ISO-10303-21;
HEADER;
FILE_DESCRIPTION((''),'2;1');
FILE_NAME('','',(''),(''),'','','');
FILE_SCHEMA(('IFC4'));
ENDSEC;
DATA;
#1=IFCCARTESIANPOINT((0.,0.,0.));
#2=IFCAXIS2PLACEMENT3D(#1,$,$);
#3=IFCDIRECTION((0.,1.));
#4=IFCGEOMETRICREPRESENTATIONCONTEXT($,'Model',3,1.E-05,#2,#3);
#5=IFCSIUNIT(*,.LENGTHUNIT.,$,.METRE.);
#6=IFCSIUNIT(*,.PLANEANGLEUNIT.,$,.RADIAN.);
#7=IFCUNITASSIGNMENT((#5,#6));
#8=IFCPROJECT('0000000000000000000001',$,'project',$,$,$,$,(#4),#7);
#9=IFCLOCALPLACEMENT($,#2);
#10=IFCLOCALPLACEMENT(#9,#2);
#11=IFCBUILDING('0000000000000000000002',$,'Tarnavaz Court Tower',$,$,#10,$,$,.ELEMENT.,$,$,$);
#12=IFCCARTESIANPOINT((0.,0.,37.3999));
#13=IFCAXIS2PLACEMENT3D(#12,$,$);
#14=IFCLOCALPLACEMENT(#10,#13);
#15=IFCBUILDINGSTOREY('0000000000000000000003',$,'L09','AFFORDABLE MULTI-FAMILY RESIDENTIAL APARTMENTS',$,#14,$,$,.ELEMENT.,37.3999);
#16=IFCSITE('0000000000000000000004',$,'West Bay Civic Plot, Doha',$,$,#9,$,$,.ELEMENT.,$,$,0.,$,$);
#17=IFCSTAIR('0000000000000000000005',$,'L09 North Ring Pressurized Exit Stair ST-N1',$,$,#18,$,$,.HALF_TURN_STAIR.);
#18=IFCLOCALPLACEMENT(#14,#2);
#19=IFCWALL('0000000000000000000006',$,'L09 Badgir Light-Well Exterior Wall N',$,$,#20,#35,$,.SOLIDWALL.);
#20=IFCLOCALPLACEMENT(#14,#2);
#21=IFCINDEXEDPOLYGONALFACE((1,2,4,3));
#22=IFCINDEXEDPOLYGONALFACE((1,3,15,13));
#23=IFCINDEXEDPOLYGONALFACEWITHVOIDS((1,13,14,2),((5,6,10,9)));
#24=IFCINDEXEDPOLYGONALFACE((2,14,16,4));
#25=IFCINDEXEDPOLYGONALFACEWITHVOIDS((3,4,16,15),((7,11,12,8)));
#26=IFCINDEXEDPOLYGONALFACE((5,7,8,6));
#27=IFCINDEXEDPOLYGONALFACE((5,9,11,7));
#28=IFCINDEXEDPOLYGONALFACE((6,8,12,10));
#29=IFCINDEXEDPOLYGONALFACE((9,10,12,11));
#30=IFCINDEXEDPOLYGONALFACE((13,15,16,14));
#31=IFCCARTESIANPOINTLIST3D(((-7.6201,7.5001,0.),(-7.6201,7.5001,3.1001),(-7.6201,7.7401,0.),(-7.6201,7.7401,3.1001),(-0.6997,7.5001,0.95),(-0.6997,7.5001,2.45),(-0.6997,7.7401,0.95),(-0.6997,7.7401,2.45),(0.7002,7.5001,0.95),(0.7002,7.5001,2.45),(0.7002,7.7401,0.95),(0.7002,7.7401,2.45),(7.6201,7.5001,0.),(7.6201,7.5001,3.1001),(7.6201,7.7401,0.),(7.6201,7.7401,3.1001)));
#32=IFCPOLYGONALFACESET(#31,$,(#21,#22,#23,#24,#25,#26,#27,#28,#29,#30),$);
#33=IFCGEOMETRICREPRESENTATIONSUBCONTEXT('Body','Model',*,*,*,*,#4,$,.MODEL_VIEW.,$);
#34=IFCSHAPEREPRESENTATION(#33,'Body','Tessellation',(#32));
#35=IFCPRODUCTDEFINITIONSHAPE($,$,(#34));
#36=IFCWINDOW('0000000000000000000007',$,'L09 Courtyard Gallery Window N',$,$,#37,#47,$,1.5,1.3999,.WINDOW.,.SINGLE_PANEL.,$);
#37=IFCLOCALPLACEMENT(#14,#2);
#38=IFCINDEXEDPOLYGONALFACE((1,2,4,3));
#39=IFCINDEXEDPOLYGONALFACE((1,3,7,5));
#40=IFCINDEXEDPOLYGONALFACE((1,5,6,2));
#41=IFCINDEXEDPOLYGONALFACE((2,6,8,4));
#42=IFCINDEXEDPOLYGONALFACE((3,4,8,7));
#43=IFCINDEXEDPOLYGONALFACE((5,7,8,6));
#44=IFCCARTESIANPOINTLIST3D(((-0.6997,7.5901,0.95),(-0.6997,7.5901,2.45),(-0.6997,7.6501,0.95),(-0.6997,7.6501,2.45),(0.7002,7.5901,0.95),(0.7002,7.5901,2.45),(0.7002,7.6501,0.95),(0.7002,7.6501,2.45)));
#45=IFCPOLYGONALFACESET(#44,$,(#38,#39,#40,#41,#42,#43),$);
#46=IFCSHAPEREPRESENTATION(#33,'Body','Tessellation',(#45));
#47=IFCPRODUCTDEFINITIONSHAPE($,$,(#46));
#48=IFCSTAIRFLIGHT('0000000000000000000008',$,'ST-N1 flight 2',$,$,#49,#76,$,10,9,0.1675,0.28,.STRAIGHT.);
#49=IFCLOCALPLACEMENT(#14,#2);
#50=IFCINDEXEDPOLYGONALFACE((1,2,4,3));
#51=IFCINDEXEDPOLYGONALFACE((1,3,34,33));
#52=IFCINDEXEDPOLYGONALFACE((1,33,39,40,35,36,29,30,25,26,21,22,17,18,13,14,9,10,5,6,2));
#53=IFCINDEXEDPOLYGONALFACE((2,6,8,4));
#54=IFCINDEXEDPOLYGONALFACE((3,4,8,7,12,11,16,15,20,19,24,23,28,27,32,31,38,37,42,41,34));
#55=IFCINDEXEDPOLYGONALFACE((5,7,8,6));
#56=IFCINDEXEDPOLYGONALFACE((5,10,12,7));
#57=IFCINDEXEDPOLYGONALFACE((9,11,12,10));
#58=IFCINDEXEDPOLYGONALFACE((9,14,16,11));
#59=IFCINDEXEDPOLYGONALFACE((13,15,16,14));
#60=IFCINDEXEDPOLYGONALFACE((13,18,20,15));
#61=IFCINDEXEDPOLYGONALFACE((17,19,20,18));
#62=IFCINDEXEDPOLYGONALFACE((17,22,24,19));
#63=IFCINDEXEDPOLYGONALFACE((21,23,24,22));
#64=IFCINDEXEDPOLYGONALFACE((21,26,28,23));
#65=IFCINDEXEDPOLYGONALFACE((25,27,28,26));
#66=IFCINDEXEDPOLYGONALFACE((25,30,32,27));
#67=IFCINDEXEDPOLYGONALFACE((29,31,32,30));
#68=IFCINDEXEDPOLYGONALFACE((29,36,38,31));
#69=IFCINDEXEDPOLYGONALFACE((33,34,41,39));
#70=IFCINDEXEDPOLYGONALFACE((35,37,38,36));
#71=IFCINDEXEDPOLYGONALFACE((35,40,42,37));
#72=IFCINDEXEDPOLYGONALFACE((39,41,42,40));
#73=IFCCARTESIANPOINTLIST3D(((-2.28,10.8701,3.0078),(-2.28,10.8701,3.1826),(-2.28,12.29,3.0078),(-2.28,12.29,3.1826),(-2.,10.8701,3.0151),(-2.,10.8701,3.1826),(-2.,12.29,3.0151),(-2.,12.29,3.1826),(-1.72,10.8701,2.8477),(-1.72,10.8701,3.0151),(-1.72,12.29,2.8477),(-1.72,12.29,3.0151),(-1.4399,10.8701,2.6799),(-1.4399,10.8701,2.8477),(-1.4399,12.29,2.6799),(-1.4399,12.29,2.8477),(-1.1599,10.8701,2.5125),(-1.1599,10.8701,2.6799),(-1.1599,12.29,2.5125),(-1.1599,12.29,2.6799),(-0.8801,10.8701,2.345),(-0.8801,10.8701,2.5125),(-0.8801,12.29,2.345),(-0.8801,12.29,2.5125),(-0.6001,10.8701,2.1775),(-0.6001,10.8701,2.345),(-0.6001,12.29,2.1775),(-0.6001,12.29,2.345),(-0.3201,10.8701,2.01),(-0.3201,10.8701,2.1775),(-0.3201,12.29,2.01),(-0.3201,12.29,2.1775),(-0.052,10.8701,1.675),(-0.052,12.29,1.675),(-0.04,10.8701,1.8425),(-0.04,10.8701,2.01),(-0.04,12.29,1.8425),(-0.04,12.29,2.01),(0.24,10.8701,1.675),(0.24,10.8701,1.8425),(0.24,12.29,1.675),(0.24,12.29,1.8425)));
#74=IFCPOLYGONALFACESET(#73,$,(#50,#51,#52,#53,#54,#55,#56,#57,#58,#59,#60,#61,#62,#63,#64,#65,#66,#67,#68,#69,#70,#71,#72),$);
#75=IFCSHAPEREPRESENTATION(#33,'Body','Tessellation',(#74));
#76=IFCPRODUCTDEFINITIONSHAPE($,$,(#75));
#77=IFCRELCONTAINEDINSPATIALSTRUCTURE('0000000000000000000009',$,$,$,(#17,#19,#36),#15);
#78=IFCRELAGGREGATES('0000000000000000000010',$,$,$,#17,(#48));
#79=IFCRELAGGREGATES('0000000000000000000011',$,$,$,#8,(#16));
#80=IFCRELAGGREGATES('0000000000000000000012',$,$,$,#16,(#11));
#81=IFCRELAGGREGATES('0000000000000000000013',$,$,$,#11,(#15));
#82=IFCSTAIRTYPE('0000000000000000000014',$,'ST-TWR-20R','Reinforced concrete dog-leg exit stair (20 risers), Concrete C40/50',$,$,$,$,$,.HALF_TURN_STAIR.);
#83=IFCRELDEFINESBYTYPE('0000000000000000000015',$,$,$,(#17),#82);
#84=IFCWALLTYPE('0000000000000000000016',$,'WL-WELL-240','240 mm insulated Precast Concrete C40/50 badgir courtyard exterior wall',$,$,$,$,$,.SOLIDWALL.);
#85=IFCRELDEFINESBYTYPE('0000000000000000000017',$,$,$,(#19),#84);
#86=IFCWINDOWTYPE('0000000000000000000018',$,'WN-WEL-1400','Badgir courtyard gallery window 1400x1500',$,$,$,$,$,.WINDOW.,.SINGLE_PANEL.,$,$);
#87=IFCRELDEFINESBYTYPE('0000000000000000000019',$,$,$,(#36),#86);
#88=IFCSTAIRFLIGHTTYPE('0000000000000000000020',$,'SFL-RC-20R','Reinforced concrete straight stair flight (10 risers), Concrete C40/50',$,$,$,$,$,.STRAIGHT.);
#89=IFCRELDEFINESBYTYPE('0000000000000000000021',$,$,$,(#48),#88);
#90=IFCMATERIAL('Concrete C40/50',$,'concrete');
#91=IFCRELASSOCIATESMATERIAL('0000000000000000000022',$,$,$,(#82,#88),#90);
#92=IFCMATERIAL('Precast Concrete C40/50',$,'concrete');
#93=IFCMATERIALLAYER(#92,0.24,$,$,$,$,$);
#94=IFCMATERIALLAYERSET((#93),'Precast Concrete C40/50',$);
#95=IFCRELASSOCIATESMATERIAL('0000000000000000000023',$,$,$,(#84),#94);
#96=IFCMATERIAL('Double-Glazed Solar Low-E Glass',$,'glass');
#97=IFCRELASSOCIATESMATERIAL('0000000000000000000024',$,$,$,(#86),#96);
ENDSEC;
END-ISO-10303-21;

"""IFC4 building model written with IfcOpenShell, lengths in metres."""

from ifc_helpers import new_model, si_unit, direction, frame, frame_2d, origin, place, context, subcontext, project, spatial, polyline, rectangle, outline, extrude, material, layer, layer_set, type_object, element, fill, aggregate, save


model = new_model("IFC4")

# Units and contexts
model_context = context("Model", 3, precision=1e-05, world=origin(), true_north=direction((0.0, 1.0)))
body_context = subcontext(model_context, "Body", "Model", "MODEL_VIEW")
ifc_project = project(units=[si_unit("LENGTHUNIT", "METRE"), si_unit("PLANEANGLEUNIT", "RADIAN")], contexts=[model_context])

# Site, building, storey
site_placement = place(None, origin())
site = spatial("IfcSite", under=ifc_project, at=site_placement, Name="West Bay Civic Plot, Doha", CompositionType="ELEMENT", RefElevation=0.0)
building_placement = place(site_placement, origin())
building = spatial("IfcBuilding", under=site, at=building_placement, Name="Tarnavaz Court Tower", CompositionType="ELEMENT")
storey_placement = place(building_placement, frame((0.0, 0.0, 37.3999)))
storey = spatial("IfcBuildingStorey", under=building, at=storey_placement, Name="L09", Description="AFFORDABLE MULTI-FAMILY RESIDENTIAL APARTMENTS", CompositionType="ELEMENT", Elevation=37.3999)

# Stair
ifc_material_1 = material(Name="Concrete C40/50", Category="concrete")
stair_type = type_object("IfcStairType", Name="ST-TWR-20R", Description="Reinforced concrete dog-leg exit stair (20 risers), Concrete C40/50", PredefinedType="HALF_TURN_STAIR", material=ifc_material_1)
stair_1_placement = place(storey_placement, origin())
stair_1 = element("IfcStair", 1, at=stair_1_placement, inside=storey, type_object=stair_type, Name="L09 North Ring Pressurized Exit Stair ST-N1", PredefinedType="HALF_TURN_STAIR")

# Wall, opening, window
ifc_material_2 = material(Name="Precast Concrete C40/50", Category="concrete")
ifc_layer_1 = layer(ifc_material_2, 0.24)
ifc_layer_set_1 = layer_set([ifc_layer_1], Name="Precast Concrete C40/50")
wall_type_1 = type_object("IfcWallType", Name="WL-WELL-240", Description="240 mm insulated Precast Concrete C40/50 badgir courtyard exterior wall", PredefinedType="SOLIDWALL", material=ifc_layer_set_1)
wall_1_placement = place(storey_placement, frame((7.6201, 7.6201, 0.0), z_axis=(0.0, 0.0, 1.0), x_axis=(-1.0, 0.0, 0.0)))
wall_1 = element("IfcWall", 2, at=wall_1_placement, inside=storey, type_object=wall_type_1, Name="L09 Badgir Light-Well Exterior Wall N", PredefinedType="SOLIDWALL", context=body_context, shape_type="SweptSolid", body=[
    extrude(rectangle(XDim=15.2402, YDim=0.24, at=frame_2d((7.6201, 0.0))), origin(), (0.0, 0.0, 1.0), 3.1001),
])
opening_1_placement = place(wall_1_placement, frame((6.9199, 0.0, 0.95)))
opening_1 = element("IfcOpeningElement", 3, at=opening_1_placement, cuts=wall_1, PredefinedType="OPENING", context=body_context, shape_type="SweptSolid", body=[
    extrude(rectangle(XDim=1.3999, YDim=1.5, at=frame_2d((0.7, 0.75))), frame((0.0, 0.1299, 0.0), z_axis=(0.0, -1.0, 0.0), x_axis=(1.0, 0.0, 0.0)), (0.0, 0.0, 1.0), 0.26),
])
ifc_material_3 = material(Name="Double-Glazed Solar Low-E Glass", Category="glass")
window_type = type_object("IfcWindowType", Name="WN-WEL-1400", Description="Badgir courtyard gallery window 1400x1500", PartitioningType="SINGLE_PANEL", PredefinedType="WINDOW", material=ifc_material_3)
window_placement = place(opening_1_placement, origin())
window = element("IfcWindow", 4, at=window_placement, inside=storey, type_object=window_type, Name="L09 Courtyard Gallery Window N", OverallHeight=1.5, OverallWidth=1.3999, PartitioningType="SINGLE_PANEL", PredefinedType="WINDOW", context=body_context, shape_type="SweptSolid", body=[
    extrude(rectangle(XDim=1.3999, YDim=1.5, at=frame_2d((0.7, 0.75))), frame((0.0, 0.03, 0.0), z_axis=(0.0, -1.0, 0.0), x_axis=(1.0, 0.0, 0.0)), (0.0, 0.0, 1.0), 0.0601),
])
fill(opening_1, window)

# Stair flight
stair_flight_type = type_object("IfcStairFlightType", Name="SFL-RC-20R", Description="Reinforced concrete straight stair flight (10 risers), Concrete C40/50", PredefinedType="STRAIGHT", material=ifc_material_1)
stair_flight_placement = place(storey_placement, frame((0.24, 11.5801, 1.675), z_axis=(0.0, 0.0, 1.0), x_axis=(-1.0, 0.0, 0.0)))
stair_flight = element("IfcStairFlight", 5, at=stair_flight_placement, type_object=stair_flight_type, Name="ST-N1 flight 2", NumberOfRisers=10, NumberOfTreads=9, PredefinedType="STRAIGHT", RiserHeight=0.1675, TreadLength=0.28, context=body_context, shape_type="SweptSolid", body=[
    extrude(outline(polyline([(0.0, 0.0), (0.0, 0.1675), (0.28, 0.1675), (0.28, 0.335), (0.5601, 0.335), (0.5601, 0.5024), (0.8401, 0.5024), (0.8401, 0.6699), (1.1201, 0.6699), (1.1201, 0.8374), (1.3999, 0.8374), (1.3999, 1.0049), (1.6799, 1.0049), (1.6799, 1.1726), (1.96, 1.1726), (1.96, 1.3401), (2.24, 1.3401), (2.24, 1.5076), (2.52, 1.5076), (2.52, 1.675), (2.52, 1.3328), (0.292, 0.0), (0.0, 0.0)])), frame((0.0, 0.71, 0.0), z_axis=(0.0, -1.0, 0.0), x_axis=(1.0, 0.0, 0.0)), (0.0, 0.0, 1.0), 1.4199),
])
aggregate(stair_1, [stair_flight])

save(model, "model.ifc")
